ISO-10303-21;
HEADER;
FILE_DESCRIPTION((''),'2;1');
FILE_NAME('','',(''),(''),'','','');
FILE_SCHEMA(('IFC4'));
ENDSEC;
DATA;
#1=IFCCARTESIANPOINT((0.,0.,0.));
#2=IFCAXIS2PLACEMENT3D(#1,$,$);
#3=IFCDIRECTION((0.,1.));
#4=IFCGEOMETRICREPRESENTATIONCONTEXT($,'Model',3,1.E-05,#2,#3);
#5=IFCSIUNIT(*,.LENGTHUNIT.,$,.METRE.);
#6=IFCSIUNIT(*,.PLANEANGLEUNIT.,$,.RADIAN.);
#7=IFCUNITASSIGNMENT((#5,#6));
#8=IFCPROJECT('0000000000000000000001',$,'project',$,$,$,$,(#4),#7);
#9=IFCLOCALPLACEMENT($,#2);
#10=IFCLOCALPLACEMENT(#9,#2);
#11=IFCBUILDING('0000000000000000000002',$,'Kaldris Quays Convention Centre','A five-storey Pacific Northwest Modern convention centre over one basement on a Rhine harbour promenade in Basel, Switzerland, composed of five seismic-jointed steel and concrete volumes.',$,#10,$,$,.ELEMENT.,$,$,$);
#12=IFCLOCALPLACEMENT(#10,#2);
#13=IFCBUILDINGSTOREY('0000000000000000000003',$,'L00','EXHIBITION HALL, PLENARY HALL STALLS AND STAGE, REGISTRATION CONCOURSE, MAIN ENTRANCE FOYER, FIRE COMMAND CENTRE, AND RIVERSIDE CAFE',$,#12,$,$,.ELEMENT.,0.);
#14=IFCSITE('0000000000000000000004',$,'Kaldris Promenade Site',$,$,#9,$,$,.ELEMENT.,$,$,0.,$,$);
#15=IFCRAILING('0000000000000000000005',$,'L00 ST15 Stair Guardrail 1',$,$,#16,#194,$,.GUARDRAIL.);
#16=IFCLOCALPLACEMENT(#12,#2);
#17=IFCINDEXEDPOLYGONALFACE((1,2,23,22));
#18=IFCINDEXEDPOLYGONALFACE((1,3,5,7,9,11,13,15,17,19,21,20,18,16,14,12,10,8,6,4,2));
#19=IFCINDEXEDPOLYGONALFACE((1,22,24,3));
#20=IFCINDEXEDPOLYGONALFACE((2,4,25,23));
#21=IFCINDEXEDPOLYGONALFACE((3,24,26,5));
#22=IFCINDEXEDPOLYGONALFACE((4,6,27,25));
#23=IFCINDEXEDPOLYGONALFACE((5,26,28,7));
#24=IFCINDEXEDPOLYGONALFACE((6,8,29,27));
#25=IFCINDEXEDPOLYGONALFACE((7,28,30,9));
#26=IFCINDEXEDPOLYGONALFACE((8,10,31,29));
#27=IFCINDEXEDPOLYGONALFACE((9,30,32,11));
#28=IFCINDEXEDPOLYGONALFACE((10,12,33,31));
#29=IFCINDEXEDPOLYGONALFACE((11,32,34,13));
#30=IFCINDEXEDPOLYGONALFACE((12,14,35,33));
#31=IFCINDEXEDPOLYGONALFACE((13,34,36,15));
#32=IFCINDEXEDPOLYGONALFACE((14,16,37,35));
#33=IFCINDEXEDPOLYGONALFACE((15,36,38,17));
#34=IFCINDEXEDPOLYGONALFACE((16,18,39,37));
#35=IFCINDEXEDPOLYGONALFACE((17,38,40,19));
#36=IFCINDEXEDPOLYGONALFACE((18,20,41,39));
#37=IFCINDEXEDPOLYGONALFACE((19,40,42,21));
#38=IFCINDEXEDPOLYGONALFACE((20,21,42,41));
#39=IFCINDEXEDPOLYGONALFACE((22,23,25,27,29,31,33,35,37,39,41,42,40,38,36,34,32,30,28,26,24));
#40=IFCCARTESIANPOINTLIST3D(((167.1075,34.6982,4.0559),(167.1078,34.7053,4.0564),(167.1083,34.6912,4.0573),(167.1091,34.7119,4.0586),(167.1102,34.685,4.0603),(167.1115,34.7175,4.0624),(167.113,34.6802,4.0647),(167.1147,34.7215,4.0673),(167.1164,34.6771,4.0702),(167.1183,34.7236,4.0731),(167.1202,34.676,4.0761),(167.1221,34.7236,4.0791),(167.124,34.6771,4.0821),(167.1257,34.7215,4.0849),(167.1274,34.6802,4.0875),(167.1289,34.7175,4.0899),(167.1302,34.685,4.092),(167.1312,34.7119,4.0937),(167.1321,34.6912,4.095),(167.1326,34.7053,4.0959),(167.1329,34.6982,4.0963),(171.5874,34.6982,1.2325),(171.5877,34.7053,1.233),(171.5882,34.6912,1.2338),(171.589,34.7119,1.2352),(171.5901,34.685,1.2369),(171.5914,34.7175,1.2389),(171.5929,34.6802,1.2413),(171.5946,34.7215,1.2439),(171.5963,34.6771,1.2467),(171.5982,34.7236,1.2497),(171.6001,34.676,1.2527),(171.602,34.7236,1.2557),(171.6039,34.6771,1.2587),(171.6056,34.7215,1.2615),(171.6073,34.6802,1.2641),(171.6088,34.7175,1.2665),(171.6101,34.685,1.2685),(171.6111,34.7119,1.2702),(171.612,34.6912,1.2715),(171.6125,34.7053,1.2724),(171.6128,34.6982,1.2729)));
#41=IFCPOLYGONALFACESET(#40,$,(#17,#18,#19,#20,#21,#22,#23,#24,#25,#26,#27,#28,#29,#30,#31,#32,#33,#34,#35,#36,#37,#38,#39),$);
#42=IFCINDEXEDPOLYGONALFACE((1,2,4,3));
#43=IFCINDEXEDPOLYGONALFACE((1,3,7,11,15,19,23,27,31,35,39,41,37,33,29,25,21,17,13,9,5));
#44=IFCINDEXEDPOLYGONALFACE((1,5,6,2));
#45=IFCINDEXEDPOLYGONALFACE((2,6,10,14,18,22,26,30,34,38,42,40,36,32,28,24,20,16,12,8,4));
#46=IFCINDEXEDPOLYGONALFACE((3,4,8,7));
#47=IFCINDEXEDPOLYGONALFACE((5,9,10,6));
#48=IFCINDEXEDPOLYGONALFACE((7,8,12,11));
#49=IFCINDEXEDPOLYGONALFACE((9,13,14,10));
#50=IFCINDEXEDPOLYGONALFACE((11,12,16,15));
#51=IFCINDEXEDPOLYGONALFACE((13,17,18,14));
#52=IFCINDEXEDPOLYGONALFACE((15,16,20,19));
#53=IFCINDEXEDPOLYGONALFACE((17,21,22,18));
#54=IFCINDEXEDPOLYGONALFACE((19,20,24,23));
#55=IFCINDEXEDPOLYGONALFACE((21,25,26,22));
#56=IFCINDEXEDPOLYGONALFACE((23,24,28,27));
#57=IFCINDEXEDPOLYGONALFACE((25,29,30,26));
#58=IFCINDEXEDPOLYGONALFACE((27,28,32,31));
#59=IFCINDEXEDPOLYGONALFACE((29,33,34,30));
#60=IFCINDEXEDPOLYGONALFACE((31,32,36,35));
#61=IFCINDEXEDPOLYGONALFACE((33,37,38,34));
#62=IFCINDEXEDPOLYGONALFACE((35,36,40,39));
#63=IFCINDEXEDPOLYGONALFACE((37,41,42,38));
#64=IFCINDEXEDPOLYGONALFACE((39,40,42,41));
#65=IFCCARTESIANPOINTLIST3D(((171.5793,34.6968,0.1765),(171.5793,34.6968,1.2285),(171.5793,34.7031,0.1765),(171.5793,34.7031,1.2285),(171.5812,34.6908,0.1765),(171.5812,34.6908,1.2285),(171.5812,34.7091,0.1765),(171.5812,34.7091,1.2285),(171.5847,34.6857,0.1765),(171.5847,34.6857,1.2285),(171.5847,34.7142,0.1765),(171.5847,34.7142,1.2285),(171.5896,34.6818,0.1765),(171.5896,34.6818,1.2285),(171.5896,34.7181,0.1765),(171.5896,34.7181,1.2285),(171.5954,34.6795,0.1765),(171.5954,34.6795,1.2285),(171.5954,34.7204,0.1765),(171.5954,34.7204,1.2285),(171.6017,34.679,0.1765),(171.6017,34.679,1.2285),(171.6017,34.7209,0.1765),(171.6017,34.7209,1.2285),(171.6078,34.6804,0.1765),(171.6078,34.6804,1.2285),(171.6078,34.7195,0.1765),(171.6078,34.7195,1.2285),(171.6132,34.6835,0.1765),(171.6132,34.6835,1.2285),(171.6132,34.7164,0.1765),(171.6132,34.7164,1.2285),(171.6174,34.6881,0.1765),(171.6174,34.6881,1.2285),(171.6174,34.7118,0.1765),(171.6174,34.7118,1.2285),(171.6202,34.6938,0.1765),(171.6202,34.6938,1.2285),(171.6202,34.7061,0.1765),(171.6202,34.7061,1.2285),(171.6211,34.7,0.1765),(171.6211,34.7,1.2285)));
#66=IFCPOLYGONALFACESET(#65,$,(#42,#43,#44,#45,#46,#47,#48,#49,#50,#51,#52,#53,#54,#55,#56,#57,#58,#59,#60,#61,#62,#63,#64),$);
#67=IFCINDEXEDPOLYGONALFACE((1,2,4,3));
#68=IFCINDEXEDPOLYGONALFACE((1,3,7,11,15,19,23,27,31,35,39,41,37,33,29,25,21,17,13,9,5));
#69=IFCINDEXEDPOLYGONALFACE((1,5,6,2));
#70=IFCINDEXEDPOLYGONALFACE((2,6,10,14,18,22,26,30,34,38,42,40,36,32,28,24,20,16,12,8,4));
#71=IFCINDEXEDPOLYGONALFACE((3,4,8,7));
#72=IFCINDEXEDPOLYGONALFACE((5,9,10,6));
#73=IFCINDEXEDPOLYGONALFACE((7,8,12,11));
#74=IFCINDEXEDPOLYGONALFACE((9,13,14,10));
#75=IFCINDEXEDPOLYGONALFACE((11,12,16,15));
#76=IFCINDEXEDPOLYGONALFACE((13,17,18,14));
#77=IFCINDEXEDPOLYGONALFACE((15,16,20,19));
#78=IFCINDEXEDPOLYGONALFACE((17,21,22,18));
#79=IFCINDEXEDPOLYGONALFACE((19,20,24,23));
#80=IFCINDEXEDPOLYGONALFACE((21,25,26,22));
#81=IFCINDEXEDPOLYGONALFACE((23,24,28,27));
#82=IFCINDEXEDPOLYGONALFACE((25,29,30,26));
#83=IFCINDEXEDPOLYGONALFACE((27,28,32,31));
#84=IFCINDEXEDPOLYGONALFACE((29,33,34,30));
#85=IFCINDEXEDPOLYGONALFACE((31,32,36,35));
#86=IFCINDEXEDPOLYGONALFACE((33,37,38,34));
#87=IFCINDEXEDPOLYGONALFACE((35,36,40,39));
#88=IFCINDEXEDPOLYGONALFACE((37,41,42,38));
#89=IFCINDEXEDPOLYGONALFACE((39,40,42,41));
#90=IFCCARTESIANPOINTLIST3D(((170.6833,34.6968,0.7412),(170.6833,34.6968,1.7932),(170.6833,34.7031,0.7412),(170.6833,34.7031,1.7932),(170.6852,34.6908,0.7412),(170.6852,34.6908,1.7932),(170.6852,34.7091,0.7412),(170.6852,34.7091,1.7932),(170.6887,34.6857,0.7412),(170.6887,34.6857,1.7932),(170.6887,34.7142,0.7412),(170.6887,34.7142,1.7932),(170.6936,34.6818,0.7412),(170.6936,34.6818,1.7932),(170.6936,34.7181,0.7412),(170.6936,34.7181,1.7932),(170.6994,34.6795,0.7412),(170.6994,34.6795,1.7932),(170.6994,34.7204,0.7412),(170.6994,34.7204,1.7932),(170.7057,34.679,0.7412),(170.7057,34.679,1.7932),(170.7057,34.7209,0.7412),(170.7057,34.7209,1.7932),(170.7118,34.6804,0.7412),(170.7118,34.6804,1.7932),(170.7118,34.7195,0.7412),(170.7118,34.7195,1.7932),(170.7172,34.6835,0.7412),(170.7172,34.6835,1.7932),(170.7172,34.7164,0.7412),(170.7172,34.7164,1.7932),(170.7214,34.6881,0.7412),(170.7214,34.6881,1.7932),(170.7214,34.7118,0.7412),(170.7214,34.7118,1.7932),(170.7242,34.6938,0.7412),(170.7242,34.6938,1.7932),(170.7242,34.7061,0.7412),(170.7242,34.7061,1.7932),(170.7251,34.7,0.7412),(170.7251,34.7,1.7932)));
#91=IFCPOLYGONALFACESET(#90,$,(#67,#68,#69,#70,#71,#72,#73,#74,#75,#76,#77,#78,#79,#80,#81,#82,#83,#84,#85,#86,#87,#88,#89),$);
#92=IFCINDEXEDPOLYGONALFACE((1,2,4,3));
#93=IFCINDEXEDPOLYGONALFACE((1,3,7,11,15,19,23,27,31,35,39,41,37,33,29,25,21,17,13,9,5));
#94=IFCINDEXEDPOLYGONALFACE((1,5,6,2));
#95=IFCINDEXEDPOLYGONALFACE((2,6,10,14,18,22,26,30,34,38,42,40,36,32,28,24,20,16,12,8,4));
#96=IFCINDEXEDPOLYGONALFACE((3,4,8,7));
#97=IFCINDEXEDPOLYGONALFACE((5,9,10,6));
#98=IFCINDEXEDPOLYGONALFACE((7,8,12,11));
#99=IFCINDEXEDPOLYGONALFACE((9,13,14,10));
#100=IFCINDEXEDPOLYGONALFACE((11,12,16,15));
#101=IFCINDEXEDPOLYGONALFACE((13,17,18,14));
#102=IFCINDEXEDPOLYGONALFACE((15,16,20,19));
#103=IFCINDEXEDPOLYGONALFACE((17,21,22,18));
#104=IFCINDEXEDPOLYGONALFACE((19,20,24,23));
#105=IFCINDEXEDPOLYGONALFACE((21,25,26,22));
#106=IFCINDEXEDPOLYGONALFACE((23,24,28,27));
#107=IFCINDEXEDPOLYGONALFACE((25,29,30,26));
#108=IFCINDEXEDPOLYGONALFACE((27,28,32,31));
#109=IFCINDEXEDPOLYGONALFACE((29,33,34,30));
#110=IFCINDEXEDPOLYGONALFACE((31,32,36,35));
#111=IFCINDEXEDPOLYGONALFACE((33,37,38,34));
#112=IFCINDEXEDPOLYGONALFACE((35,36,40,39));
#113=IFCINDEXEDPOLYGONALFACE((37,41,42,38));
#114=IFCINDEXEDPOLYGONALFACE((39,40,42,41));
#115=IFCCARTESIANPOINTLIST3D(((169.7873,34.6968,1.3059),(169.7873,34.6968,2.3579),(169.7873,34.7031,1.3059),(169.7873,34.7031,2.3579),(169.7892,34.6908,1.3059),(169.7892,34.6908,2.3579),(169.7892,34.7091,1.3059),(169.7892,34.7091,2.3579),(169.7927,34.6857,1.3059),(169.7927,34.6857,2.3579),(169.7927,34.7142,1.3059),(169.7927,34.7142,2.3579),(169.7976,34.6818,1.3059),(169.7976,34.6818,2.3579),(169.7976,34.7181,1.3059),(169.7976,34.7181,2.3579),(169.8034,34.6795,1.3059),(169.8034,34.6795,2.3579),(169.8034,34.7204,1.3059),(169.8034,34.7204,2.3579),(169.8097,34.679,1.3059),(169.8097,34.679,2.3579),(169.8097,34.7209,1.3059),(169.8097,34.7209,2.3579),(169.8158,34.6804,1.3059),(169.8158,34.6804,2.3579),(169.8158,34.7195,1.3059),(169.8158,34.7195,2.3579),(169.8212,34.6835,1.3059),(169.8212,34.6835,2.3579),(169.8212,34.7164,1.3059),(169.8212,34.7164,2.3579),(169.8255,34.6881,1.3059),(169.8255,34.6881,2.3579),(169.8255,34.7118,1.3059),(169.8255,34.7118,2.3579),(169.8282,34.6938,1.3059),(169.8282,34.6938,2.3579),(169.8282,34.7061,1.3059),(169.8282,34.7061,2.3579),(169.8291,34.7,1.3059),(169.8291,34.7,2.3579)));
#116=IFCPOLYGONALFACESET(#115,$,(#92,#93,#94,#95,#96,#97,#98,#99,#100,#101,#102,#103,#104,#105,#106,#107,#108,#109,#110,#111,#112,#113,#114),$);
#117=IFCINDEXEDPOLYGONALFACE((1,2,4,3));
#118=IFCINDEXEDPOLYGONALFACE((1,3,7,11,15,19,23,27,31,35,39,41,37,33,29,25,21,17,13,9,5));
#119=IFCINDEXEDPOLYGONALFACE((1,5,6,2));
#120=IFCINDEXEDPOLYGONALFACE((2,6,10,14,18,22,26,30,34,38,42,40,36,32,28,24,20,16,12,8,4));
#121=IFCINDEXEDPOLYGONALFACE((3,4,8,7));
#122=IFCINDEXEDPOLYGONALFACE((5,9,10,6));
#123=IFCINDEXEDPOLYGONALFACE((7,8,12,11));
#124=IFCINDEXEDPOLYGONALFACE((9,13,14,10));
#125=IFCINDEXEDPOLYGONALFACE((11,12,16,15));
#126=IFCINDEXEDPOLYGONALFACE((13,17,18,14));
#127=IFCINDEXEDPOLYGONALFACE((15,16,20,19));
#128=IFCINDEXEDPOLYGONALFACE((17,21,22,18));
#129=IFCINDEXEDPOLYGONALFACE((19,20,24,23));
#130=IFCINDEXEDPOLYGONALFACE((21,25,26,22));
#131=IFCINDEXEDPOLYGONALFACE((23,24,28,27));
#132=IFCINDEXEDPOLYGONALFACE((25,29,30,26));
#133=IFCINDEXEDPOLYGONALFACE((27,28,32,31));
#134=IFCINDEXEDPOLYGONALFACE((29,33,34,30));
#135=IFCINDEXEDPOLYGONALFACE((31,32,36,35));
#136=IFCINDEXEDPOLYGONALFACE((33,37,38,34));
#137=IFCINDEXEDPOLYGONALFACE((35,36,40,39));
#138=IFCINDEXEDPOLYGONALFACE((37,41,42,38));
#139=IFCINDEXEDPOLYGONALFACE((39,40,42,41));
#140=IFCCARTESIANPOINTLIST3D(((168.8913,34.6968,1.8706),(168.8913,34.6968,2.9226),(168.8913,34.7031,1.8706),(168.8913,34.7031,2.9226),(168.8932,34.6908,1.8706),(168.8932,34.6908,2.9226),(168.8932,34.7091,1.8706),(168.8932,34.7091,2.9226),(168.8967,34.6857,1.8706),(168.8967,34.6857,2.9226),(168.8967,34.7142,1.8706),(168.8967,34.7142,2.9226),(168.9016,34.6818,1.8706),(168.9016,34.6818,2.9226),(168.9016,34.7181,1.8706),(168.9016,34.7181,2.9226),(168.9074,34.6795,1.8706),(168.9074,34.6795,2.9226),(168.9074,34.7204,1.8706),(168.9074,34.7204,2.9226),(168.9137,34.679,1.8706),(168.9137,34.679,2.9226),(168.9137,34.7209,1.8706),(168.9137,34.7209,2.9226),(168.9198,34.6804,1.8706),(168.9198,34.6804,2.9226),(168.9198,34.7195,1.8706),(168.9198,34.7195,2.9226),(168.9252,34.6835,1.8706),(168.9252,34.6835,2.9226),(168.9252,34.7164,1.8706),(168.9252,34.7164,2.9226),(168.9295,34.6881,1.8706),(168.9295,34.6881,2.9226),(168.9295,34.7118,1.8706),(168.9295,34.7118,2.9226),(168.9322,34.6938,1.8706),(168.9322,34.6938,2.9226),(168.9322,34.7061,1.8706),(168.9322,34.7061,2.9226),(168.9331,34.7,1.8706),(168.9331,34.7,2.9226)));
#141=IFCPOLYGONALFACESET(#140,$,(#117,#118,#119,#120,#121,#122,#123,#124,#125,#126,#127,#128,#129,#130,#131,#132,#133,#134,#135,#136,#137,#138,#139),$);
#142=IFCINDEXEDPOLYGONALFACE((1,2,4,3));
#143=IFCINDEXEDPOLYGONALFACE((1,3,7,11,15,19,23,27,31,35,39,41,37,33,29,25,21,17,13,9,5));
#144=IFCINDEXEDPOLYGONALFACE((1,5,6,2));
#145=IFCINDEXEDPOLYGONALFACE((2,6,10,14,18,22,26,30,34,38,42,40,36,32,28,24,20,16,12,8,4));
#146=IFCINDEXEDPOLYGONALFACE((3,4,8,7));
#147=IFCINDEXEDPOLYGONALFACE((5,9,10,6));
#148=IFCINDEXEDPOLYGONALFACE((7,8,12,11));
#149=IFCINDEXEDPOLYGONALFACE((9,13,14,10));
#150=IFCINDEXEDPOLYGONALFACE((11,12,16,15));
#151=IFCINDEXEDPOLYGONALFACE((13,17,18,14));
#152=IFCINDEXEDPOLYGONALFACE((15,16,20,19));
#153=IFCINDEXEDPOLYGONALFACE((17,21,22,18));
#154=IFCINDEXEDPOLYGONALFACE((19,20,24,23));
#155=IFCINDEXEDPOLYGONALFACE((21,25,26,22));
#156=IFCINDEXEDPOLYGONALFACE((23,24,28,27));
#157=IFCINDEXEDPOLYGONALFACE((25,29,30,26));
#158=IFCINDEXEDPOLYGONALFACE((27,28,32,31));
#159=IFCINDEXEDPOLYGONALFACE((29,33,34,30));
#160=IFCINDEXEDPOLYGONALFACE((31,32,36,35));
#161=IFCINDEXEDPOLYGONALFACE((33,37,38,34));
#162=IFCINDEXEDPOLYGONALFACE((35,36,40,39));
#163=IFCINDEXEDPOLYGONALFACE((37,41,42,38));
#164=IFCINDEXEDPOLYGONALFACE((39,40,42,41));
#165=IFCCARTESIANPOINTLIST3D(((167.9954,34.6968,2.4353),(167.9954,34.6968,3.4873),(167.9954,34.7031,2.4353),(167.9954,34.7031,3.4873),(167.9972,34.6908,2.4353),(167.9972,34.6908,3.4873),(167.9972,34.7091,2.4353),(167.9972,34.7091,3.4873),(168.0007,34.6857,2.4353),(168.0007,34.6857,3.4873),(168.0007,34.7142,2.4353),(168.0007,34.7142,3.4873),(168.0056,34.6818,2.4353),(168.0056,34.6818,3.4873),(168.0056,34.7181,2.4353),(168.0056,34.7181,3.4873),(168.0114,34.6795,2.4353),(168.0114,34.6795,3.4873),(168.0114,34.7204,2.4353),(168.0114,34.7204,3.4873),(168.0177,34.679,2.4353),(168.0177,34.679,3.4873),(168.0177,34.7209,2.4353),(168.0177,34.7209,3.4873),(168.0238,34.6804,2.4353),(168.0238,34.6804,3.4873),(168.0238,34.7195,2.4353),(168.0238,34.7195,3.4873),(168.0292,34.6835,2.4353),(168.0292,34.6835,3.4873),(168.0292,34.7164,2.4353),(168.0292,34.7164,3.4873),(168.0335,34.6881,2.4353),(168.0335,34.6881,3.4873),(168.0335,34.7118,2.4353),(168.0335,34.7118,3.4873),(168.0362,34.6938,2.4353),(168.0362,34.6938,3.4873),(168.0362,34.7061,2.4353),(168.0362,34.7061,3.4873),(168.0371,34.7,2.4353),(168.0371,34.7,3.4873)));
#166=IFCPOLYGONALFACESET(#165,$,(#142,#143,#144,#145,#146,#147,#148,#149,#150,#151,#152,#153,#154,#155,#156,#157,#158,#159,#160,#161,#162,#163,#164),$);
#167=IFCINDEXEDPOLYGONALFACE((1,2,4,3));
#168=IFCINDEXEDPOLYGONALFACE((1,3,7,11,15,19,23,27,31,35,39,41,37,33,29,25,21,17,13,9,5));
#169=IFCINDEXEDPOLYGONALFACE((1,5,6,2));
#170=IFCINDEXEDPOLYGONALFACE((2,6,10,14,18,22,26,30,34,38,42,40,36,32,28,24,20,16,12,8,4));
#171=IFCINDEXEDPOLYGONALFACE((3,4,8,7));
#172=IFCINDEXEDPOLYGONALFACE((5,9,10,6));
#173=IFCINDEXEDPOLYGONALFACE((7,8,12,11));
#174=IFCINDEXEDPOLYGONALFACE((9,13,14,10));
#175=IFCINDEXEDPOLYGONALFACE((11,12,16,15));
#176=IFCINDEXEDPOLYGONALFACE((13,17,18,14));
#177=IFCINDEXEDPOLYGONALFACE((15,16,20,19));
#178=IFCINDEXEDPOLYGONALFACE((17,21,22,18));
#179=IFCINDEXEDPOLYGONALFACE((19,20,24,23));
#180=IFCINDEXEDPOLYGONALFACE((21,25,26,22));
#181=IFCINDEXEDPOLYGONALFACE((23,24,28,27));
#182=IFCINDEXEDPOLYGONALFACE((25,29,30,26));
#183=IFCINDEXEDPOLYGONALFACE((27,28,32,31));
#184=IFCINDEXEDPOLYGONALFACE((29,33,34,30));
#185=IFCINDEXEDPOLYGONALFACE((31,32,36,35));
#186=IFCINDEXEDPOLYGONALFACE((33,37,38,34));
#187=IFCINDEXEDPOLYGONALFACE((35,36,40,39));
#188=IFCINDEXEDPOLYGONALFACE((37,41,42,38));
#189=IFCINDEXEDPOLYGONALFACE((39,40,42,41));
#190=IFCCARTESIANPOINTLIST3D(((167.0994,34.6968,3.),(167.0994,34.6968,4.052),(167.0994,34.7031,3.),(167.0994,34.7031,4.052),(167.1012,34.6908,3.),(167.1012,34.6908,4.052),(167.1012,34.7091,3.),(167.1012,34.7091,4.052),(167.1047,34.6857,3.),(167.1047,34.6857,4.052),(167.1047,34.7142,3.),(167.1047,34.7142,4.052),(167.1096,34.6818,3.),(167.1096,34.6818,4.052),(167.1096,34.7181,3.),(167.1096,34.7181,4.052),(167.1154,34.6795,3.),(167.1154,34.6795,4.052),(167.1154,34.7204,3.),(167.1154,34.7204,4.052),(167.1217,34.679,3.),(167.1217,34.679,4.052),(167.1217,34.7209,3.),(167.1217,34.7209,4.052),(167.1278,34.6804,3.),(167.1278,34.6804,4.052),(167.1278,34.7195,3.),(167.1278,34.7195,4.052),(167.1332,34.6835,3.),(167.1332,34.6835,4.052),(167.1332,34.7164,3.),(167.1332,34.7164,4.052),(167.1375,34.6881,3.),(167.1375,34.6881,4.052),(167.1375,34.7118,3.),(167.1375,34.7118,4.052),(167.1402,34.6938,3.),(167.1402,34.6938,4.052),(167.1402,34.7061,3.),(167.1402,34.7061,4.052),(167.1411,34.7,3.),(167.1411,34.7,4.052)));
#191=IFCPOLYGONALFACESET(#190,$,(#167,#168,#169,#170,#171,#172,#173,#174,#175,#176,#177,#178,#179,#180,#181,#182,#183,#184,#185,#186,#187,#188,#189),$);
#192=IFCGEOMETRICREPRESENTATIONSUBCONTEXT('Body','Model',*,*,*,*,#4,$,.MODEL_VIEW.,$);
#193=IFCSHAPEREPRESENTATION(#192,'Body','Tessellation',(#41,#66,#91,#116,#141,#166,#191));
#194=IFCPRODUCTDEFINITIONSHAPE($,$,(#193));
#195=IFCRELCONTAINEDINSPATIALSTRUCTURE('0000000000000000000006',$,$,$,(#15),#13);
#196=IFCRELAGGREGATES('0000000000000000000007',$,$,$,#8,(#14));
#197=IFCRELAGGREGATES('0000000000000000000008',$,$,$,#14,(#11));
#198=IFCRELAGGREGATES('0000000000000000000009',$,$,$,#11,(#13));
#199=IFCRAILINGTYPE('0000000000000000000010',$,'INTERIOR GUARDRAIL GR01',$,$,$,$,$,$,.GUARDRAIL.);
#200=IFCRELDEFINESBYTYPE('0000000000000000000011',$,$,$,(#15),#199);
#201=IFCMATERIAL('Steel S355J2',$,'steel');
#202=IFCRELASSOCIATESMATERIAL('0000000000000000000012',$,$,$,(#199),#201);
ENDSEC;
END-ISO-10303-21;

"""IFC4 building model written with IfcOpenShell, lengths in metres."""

from ifc_helpers import new_model, si_unit, direction, frame, origin, origin_2d, place, context, subcontext, project, spatial, circle, extrude, material, type_object, element, save


model = new_model("IFC4")

# Units and contexts
model_context = context("Model", 3, precision=1e-05, world=origin(), true_north=direction((0.0, 1.0)))
body_context = subcontext(model_context, "Body", "Model", "MODEL_VIEW")
ifc_project = project(units=[si_unit("LENGTHUNIT", "METRE"), si_unit("PLANEANGLEUNIT", "RADIAN")], contexts=[model_context])

# Site, building, storey
site_placement = place(None, origin())
site = spatial("IfcSite", under=ifc_project, at=site_placement, Name="Kaldris Promenade Site", CompositionType="ELEMENT", RefElevation=0.0)
building_placement = place(site_placement, origin())
building = spatial("IfcBuilding", under=site, at=building_placement, Name="Kaldris Quays Convention Centre", Description="A five-storey Pacific Northwest Modern convention centre over one basement on a Rhine harbour promenade in Basel, Switzerland, composed of five seismic-jointed steel and concrete volumes.", CompositionType="ELEMENT")
storey_placement = place(building_placement, origin())
storey = spatial("IfcBuildingStorey", under=building, at=storey_placement, Name="L00", Description="EXHIBITION HALL, PLENARY HALL STALLS AND STAGE, REGISTRATION CONCOURSE, MAIN ENTRANCE FOYER, FIRE COMMAND CENTRE, AND RIVERSIDE CAFE", CompositionType="ELEMENT", Elevation=0.0)

# Shared definitions
ifc_material_1 = material(Name="Steel S355J2", Category="steel")

# Railing
railing_type_1 = type_object("IfcRailingType", Name="INTERIOR GUARDRAIL GR01", PredefinedType="GUARDRAIL", material=ifc_material_1)
railing_1_placement = place(storey_placement, frame((171.6001, 34.7, 0.1765)))
element("IfcRailing", 1, at=railing_1_placement, inside=storey, type_object=railing_type_1, Name="L00 ST15 Stair Guardrail 1", PredefinedType="GUARDRAIL", context=body_context, shape_type="SweptSolid", body=[
    extrude(circle(Radius=0.0239, at=origin_2d()), frame((0.0, 0.0, 1.0762), z_axis=(-0.845998, 0.0, 0.533186), x_axis=(0.0, -1.0, 0.0)), (0.0, 0.0, 1.0), 5.2954),
    extrude(circle(Radius=0.021, at=origin_2d()), origin(), (0.0, 0.0, 1.0), 1.052),
    extrude(circle(Radius=0.021, at=origin_2d()), frame((-0.896, 0.0, 0.5647)), (0.0, 0.0, 1.0), 1.052),
    extrude(circle(Radius=0.021, at=origin_2d()), frame((-1.792, 0.0, 1.1294)), (0.0, 0.0, 1.0), 1.052),
    extrude(circle(Radius=0.021, at=origin_2d()), frame((-2.688, 0.0, 1.6941)), (0.0, 0.0, 1.0), 1.052),
    extrude(circle(Radius=0.021, at=origin_2d()), frame((-3.584, 0.0, 2.2588)), (0.0, 0.0, 1.0), 1.052),
    extrude(circle(Radius=0.021, at=origin_2d()), frame((-4.48, 0.0, 2.8235)), (0.0, 0.0, 1.0), 1.052),
])

save(model, "model.ifc")
